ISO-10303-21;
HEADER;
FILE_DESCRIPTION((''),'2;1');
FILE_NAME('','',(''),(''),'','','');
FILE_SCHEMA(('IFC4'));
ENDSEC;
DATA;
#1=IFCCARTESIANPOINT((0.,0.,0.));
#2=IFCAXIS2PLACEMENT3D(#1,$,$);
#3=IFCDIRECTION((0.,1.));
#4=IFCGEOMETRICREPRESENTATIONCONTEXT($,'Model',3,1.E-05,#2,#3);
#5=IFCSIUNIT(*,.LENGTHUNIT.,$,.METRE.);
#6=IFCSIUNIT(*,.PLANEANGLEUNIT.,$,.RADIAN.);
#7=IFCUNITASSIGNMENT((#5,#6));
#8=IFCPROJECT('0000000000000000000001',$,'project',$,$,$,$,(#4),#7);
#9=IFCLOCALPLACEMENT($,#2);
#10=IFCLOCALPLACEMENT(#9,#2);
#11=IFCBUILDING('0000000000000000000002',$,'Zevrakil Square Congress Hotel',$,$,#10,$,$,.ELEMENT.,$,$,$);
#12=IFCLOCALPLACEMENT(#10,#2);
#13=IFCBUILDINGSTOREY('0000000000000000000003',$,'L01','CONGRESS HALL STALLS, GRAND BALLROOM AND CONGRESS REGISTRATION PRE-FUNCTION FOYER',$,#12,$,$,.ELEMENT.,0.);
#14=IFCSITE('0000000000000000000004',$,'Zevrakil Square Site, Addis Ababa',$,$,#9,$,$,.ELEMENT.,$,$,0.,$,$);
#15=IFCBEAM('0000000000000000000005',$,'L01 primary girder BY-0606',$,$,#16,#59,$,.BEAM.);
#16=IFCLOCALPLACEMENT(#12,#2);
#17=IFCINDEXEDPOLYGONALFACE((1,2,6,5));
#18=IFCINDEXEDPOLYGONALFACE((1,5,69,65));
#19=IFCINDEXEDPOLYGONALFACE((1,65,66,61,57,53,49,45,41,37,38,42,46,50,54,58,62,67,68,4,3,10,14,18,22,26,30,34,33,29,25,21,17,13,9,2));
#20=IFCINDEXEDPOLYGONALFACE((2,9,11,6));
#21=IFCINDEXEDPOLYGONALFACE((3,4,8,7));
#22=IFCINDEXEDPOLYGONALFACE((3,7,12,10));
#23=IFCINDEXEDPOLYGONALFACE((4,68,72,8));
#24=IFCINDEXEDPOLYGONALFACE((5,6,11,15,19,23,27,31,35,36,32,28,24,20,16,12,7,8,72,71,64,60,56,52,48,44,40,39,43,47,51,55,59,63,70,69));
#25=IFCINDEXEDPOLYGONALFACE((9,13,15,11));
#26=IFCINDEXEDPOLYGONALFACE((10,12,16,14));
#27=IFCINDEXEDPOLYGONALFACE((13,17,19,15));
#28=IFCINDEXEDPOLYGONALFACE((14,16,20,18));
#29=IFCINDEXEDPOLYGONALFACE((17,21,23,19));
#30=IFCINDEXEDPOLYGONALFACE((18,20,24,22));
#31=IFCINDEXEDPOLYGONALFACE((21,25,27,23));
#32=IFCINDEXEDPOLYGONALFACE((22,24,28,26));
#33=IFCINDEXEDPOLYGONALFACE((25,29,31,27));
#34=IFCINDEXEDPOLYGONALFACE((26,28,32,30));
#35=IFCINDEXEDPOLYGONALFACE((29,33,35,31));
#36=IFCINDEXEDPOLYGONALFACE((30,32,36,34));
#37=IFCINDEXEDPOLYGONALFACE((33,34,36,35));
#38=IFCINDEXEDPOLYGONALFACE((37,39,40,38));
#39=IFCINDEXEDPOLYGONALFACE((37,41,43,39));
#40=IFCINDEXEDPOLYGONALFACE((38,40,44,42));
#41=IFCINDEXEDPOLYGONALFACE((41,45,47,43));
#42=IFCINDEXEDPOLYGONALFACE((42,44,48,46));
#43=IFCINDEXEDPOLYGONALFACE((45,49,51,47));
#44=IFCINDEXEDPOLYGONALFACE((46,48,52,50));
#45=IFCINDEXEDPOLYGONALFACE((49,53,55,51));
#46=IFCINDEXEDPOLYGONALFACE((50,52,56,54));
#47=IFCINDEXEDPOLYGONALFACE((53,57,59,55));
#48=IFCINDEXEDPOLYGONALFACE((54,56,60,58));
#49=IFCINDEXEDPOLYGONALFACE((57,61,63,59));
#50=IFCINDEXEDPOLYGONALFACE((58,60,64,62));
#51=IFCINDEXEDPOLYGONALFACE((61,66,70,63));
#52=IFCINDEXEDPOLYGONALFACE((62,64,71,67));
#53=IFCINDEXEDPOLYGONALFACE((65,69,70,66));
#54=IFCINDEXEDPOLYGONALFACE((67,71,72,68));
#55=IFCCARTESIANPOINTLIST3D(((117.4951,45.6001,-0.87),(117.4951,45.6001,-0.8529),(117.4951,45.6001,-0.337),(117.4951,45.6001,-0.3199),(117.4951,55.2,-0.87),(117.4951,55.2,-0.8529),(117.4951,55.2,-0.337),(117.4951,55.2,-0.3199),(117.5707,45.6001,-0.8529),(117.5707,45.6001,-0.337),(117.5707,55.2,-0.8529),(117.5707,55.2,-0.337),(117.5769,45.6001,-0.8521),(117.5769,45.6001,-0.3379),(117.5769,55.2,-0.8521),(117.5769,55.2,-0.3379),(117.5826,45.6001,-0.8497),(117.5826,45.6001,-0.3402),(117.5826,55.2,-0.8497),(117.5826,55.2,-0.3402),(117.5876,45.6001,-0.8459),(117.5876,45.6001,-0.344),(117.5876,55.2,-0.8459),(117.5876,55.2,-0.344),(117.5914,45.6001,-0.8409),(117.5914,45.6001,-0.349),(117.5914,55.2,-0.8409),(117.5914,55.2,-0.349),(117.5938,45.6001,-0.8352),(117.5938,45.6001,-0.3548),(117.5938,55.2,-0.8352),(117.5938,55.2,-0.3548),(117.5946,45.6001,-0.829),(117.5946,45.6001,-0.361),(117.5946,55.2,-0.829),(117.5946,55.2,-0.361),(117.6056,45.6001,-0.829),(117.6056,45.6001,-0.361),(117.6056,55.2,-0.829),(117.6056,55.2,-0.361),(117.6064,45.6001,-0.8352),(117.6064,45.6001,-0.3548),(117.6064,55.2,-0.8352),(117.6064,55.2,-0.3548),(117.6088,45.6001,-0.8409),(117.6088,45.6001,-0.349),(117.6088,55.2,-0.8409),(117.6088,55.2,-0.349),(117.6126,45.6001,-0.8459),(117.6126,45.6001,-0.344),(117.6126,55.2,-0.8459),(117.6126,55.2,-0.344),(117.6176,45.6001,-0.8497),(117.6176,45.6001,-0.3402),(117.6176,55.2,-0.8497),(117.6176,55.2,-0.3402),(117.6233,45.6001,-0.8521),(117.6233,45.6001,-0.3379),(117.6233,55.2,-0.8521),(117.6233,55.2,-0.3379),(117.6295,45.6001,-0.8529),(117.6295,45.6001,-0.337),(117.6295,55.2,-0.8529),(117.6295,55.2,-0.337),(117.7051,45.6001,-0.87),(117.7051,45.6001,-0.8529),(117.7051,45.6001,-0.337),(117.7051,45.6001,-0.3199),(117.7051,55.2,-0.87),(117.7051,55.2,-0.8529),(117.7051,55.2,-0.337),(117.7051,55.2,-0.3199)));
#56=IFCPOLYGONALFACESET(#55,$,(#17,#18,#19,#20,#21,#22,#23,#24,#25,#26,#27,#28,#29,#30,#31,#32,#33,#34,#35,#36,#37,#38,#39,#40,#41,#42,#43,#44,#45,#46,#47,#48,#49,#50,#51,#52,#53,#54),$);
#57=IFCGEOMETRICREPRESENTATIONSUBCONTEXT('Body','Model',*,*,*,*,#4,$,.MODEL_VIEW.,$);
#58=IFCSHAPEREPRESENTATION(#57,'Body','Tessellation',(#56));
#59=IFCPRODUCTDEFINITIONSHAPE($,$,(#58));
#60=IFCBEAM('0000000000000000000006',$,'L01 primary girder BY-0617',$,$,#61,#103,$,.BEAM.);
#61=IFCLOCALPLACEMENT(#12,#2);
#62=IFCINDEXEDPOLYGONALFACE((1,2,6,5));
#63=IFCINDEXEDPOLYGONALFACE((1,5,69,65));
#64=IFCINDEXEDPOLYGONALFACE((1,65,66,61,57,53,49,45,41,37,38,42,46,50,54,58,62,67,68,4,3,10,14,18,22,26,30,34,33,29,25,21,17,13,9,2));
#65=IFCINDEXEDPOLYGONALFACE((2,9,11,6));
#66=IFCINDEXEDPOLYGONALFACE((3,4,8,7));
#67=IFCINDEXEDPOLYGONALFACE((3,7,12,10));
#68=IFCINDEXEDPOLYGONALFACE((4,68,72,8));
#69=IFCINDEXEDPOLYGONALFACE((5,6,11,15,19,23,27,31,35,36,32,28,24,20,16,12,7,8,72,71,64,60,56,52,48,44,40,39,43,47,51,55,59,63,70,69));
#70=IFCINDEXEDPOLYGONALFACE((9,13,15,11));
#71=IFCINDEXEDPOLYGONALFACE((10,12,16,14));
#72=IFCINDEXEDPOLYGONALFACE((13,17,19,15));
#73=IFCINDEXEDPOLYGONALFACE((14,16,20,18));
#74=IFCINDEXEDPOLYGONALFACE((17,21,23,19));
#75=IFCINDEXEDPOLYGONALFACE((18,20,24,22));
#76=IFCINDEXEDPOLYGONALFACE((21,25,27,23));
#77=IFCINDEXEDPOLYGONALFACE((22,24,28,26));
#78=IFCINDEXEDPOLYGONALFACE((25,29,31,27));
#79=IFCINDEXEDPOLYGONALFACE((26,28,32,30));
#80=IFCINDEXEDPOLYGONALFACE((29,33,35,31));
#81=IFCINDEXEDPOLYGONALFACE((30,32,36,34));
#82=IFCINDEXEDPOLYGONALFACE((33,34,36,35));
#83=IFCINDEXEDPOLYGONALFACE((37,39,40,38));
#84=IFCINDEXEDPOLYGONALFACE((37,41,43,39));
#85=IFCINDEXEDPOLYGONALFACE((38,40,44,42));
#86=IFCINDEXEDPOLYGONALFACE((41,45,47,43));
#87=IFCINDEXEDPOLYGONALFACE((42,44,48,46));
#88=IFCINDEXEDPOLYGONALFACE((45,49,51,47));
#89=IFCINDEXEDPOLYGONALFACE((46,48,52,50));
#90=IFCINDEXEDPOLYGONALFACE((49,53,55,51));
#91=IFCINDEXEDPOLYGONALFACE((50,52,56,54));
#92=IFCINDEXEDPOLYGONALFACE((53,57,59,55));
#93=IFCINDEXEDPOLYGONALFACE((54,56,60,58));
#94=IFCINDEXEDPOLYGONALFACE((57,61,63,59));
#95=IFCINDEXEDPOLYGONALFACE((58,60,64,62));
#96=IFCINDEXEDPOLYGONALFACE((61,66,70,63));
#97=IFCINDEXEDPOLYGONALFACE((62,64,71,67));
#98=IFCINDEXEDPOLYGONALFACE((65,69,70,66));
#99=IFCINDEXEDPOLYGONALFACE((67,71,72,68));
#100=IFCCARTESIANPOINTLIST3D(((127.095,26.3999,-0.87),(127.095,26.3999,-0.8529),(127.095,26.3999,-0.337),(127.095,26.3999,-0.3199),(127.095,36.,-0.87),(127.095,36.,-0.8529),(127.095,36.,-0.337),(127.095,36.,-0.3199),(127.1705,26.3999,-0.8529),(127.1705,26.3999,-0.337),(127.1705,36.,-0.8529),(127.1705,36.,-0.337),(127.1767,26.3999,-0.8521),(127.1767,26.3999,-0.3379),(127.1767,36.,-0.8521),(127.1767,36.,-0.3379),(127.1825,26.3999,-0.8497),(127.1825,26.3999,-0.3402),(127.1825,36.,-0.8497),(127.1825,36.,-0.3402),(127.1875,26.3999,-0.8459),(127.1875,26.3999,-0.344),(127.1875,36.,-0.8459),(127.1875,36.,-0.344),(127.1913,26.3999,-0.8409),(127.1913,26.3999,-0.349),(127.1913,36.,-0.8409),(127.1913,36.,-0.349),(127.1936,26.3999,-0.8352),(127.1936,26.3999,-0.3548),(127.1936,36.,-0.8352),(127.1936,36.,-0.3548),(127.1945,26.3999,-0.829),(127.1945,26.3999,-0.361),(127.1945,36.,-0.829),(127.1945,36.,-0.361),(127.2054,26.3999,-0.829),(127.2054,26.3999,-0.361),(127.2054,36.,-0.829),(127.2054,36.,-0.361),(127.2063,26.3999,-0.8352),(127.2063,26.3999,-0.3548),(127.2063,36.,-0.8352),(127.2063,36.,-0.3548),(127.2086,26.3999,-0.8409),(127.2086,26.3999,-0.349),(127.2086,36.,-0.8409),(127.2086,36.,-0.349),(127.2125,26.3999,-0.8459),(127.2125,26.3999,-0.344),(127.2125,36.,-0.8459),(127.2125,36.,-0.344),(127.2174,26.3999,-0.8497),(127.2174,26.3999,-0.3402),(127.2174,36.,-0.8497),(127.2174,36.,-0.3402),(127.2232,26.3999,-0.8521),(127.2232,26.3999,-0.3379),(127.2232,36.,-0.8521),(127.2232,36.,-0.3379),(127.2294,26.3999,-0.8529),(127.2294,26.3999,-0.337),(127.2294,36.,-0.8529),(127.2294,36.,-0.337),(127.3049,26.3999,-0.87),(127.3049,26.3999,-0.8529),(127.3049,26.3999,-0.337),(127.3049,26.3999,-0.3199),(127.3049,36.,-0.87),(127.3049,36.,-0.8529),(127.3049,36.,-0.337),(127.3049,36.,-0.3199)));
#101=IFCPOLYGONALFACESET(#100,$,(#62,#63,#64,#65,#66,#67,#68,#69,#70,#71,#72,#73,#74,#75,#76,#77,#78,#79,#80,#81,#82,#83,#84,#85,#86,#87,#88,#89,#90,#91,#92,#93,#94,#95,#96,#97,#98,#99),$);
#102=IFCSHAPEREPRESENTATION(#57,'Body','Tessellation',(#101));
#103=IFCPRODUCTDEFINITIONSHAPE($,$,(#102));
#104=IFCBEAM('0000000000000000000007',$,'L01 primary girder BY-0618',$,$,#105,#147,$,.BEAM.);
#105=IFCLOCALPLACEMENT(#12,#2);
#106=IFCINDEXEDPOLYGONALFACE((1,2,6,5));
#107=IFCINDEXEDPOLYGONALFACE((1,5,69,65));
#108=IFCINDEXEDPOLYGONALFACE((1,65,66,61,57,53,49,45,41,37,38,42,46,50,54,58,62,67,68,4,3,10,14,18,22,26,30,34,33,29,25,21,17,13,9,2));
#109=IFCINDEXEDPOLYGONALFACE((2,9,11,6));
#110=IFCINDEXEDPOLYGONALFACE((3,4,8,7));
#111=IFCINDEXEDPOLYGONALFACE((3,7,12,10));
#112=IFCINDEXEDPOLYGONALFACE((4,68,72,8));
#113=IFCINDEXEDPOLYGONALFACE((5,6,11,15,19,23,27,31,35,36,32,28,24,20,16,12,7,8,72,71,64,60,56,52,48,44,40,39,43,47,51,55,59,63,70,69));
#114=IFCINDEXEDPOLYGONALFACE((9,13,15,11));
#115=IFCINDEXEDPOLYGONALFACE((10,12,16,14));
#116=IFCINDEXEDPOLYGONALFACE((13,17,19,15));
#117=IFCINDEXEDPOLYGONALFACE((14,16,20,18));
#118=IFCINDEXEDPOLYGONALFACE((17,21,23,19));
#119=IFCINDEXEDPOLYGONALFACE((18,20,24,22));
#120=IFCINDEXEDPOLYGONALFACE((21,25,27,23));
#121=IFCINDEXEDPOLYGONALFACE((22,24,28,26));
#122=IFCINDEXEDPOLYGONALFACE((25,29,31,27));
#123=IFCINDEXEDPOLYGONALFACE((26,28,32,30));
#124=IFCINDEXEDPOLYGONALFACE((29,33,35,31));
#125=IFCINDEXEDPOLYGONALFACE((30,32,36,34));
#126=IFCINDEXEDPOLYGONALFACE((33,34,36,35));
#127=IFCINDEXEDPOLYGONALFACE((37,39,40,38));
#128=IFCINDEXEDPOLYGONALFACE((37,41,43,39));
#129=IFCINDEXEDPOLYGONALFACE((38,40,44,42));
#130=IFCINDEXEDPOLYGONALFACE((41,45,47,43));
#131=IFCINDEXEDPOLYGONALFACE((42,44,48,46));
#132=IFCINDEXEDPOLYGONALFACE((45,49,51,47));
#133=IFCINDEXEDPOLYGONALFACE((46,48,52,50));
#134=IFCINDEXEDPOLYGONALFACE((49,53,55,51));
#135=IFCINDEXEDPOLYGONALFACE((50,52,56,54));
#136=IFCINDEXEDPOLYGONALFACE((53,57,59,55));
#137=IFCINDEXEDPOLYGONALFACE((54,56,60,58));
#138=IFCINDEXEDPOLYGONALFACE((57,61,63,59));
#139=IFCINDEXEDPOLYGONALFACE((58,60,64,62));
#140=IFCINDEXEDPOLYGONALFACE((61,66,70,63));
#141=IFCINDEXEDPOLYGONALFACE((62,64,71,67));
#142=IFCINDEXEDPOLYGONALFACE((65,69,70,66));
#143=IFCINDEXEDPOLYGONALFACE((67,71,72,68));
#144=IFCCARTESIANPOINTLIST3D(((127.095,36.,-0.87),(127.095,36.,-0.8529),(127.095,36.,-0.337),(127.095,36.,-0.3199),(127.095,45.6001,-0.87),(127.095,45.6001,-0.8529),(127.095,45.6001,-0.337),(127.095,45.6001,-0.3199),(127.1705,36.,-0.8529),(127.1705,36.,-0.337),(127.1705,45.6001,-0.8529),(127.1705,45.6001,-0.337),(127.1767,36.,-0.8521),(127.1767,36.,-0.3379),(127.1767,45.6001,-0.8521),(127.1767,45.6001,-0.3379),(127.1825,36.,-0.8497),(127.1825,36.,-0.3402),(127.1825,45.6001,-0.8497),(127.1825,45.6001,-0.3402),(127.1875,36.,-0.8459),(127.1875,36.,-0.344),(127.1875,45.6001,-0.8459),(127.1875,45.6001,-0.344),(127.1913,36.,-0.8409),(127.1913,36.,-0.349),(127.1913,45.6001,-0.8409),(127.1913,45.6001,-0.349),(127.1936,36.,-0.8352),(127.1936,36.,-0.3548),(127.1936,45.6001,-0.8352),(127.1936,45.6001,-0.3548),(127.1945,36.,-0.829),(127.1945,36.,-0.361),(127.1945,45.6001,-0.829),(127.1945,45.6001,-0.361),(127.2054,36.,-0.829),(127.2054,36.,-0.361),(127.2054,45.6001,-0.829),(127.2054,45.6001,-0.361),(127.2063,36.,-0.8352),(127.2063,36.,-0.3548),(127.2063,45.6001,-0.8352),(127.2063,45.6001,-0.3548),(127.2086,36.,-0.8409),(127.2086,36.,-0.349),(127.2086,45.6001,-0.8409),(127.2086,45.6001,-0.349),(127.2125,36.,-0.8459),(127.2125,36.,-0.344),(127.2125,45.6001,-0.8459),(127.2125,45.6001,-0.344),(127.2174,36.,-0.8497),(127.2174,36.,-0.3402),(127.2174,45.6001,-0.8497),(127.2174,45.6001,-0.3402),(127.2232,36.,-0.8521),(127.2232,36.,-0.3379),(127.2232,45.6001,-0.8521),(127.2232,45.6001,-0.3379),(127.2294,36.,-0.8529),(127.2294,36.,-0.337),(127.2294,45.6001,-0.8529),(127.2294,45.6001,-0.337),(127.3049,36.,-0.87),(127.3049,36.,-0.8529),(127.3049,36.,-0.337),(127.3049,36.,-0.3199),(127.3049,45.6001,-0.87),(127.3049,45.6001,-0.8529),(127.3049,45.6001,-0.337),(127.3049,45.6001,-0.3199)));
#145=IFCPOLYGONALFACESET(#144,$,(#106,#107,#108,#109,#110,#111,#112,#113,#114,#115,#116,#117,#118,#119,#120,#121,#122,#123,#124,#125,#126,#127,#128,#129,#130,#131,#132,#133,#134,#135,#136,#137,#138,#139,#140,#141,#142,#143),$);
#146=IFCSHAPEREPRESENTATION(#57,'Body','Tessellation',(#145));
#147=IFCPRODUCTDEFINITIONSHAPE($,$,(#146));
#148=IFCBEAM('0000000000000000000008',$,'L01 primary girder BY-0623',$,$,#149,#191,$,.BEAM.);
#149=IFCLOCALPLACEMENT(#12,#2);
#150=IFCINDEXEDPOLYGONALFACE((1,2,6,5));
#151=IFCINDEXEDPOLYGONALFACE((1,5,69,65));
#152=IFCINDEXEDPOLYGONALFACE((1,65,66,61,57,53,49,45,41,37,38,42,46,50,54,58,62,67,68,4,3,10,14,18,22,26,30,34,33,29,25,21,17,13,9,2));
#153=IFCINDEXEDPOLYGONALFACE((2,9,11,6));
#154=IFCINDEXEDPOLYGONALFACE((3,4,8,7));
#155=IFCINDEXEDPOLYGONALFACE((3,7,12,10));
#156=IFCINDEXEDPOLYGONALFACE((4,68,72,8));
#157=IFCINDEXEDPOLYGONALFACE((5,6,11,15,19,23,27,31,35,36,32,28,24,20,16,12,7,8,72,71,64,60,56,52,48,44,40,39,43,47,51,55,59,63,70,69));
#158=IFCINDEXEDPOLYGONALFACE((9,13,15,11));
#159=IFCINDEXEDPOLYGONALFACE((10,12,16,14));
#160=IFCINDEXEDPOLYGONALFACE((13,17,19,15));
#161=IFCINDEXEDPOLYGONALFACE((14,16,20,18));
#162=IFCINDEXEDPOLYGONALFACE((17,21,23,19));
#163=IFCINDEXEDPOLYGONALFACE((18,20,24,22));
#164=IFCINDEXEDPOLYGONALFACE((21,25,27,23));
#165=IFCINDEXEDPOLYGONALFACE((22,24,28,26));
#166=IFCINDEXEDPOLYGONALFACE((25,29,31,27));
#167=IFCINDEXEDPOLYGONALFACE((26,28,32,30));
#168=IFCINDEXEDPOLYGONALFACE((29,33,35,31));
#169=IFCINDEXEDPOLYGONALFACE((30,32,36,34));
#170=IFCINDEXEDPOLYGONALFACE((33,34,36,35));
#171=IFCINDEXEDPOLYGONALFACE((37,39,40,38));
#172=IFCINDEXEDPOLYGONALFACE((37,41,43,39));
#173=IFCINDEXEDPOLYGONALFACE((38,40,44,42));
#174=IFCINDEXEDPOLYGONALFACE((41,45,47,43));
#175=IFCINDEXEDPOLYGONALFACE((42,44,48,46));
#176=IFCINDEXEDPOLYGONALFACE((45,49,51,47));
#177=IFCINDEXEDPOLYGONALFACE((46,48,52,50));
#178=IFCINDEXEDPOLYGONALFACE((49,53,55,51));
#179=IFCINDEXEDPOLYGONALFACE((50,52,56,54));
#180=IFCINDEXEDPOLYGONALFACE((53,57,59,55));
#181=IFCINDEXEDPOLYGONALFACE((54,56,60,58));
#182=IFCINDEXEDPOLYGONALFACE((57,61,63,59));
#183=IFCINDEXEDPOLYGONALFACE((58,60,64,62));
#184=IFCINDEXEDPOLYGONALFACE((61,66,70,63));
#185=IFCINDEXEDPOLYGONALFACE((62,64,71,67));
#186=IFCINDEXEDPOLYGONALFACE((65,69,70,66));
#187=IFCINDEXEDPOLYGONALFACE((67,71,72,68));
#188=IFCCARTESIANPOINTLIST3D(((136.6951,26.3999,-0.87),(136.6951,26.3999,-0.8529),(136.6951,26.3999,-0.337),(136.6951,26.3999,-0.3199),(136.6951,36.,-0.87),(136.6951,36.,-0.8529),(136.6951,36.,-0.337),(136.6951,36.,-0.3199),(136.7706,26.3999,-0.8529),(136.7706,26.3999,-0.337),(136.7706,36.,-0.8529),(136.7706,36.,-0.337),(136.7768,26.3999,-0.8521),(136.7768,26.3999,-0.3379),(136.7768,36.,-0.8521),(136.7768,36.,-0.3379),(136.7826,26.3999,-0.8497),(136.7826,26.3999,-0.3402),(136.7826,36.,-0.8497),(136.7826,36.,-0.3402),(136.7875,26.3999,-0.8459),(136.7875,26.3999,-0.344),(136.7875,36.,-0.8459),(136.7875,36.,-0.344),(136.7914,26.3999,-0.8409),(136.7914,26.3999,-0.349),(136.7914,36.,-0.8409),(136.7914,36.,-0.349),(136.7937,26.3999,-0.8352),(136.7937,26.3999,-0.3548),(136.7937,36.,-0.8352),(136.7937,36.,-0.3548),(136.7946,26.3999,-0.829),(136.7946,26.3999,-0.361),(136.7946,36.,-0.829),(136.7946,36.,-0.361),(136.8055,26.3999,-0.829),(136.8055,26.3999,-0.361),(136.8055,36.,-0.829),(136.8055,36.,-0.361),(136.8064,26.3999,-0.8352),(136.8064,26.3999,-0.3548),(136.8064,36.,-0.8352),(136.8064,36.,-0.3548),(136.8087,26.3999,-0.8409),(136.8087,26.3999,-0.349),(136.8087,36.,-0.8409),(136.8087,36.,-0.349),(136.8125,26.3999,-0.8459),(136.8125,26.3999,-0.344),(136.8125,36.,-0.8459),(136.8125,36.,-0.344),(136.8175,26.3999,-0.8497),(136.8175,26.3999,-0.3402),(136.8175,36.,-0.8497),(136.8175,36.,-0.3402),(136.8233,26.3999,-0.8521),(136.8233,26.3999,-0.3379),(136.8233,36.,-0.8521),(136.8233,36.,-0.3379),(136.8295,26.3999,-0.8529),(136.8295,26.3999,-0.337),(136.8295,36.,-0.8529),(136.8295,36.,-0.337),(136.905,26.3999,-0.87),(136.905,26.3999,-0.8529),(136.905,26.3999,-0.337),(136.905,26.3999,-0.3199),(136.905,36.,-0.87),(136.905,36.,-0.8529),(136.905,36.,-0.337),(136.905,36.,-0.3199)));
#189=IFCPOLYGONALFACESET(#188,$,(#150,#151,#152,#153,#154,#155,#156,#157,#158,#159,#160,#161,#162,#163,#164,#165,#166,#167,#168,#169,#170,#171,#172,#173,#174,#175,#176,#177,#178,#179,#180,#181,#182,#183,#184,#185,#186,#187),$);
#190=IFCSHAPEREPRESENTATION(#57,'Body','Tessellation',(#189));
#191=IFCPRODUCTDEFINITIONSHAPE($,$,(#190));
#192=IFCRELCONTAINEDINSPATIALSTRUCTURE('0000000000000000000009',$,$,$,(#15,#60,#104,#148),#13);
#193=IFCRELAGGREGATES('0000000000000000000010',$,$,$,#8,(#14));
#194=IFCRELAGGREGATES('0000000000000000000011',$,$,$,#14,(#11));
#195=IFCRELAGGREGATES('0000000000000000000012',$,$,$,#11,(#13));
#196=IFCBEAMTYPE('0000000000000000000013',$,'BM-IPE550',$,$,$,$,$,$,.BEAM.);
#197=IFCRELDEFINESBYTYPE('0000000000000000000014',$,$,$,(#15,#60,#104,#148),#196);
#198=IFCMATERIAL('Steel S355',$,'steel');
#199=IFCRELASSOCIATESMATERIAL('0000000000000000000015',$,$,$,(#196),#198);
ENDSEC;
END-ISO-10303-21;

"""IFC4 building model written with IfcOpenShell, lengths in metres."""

from ifc_helpers import new_model, si_unit, direction, frame, origin, origin_2d, place, context, subcontext, project, spatial, i_section, extrude, material, material_profile, profile_set, type_object, element, save


model = new_model("IFC4")

# Units and contexts
model_context = context("Model", 3, precision=1e-05, world=origin(), true_north=direction((0.0, 1.0)))
body_context = subcontext(model_context, "Body", "Model", "MODEL_VIEW")
ifc_project = project(units=[si_unit("LENGTHUNIT", "METRE"), si_unit("PLANEANGLEUNIT", "RADIAN")], contexts=[model_context])

# Site, building, storey
site_placement = place(None, origin())
site = spatial("IfcSite", under=ifc_project, at=site_placement, Name="Zevrakil Square Site, Addis Ababa", CompositionType="ELEMENT", RefElevation=0.0)
building_placement = place(site_placement, origin())
building = spatial("IfcBuilding", under=site, at=building_placement, Name="Zevrakil Square Congress Hotel", CompositionType="ELEMENT")
storey_placement = place(building_placement, origin())
storey = spatial("IfcBuildingStorey", under=building, at=storey_placement, Name="L01", Description="CONGRESS HALL STALLS, GRAND BALLROOM AND CONGRESS REGISTRATION PRE-FUNCTION FOYER", CompositionType="ELEMENT", Elevation=0.0)

# Beams
ifc_material_1 = material(Name="Steel S355", Category="steel")
ifc_material_profile_1 = material_profile(ifc_material_1, i_section(OverallWidth=0.21, OverallDepth=0.55, WebThickness=0.011, FlangeThickness=0.0171, FilletRadius=0.0239, at=origin_2d()), Name="IPE 550")
ifc_profile_set_1 = profile_set([ifc_material_profile_1], Name="Steel S355")
beam_type_1 = type_object("IfcBeamType", Name="BM-IPE550", PredefinedType="BEAM", material=ifc_profile_set_1)
beam_1_placement = place(storey_placement, frame((117.6001, 45.6001, -0.595), z_axis=(0.0, 1.0, 0.0), x_axis=(-1.0, 0.0, 0.0)))
element("IfcBeam", 1, at=beam_1_placement, inside=storey, type_object=beam_type_1, Name="L01 primary girder BY-0606", PredefinedType="BEAM", context=body_context, shape_type="SweptSolid", body=[
    extrude(i_section(OverallWidth=0.21, OverallDepth=0.55, WebThickness=0.011, FlangeThickness=0.0171, FilletRadius=0.0239, at=origin_2d()), origin(), (0.0, 0.0, 1.0), 9.5999),
])
for number, where, z_axis, x_axis, name in (
    (2, (127.2, 26.3999, -0.595), (0.0, 1.0, 0.0), (-1.0, 0.0, 0.0), "L01 primary girder BY-0617"),
    (3, (127.2, 36.0, -0.595), (0.0, 1.0, 0.0), (-1.0, 0.0, 0.0), "L01 primary girder BY-0618"),
    (4, (136.8, 26.3999, -0.595), (0.0, 1.0, 0.0), (-1.0, 0.0, 0.0), "L01 primary girder BY-0623"),
):
    element("IfcBeam", number, at=place(storey_placement, frame(where, z_axis=z_axis, x_axis=x_axis)), inside=storey, type_object=beam_type_1, Name=name, PredefinedType="BEAM", context=body_context, shape_type="SweptSolid", body=[
        extrude(i_section(OverallWidth=0.21, OverallDepth=0.55, WebThickness=0.011, FlangeThickness=0.0171, FilletRadius=0.0239, at=origin_2d()), origin(), (0.0, 0.0, 1.0), 9.6001),
    ])

save(model, "model.ifc")
